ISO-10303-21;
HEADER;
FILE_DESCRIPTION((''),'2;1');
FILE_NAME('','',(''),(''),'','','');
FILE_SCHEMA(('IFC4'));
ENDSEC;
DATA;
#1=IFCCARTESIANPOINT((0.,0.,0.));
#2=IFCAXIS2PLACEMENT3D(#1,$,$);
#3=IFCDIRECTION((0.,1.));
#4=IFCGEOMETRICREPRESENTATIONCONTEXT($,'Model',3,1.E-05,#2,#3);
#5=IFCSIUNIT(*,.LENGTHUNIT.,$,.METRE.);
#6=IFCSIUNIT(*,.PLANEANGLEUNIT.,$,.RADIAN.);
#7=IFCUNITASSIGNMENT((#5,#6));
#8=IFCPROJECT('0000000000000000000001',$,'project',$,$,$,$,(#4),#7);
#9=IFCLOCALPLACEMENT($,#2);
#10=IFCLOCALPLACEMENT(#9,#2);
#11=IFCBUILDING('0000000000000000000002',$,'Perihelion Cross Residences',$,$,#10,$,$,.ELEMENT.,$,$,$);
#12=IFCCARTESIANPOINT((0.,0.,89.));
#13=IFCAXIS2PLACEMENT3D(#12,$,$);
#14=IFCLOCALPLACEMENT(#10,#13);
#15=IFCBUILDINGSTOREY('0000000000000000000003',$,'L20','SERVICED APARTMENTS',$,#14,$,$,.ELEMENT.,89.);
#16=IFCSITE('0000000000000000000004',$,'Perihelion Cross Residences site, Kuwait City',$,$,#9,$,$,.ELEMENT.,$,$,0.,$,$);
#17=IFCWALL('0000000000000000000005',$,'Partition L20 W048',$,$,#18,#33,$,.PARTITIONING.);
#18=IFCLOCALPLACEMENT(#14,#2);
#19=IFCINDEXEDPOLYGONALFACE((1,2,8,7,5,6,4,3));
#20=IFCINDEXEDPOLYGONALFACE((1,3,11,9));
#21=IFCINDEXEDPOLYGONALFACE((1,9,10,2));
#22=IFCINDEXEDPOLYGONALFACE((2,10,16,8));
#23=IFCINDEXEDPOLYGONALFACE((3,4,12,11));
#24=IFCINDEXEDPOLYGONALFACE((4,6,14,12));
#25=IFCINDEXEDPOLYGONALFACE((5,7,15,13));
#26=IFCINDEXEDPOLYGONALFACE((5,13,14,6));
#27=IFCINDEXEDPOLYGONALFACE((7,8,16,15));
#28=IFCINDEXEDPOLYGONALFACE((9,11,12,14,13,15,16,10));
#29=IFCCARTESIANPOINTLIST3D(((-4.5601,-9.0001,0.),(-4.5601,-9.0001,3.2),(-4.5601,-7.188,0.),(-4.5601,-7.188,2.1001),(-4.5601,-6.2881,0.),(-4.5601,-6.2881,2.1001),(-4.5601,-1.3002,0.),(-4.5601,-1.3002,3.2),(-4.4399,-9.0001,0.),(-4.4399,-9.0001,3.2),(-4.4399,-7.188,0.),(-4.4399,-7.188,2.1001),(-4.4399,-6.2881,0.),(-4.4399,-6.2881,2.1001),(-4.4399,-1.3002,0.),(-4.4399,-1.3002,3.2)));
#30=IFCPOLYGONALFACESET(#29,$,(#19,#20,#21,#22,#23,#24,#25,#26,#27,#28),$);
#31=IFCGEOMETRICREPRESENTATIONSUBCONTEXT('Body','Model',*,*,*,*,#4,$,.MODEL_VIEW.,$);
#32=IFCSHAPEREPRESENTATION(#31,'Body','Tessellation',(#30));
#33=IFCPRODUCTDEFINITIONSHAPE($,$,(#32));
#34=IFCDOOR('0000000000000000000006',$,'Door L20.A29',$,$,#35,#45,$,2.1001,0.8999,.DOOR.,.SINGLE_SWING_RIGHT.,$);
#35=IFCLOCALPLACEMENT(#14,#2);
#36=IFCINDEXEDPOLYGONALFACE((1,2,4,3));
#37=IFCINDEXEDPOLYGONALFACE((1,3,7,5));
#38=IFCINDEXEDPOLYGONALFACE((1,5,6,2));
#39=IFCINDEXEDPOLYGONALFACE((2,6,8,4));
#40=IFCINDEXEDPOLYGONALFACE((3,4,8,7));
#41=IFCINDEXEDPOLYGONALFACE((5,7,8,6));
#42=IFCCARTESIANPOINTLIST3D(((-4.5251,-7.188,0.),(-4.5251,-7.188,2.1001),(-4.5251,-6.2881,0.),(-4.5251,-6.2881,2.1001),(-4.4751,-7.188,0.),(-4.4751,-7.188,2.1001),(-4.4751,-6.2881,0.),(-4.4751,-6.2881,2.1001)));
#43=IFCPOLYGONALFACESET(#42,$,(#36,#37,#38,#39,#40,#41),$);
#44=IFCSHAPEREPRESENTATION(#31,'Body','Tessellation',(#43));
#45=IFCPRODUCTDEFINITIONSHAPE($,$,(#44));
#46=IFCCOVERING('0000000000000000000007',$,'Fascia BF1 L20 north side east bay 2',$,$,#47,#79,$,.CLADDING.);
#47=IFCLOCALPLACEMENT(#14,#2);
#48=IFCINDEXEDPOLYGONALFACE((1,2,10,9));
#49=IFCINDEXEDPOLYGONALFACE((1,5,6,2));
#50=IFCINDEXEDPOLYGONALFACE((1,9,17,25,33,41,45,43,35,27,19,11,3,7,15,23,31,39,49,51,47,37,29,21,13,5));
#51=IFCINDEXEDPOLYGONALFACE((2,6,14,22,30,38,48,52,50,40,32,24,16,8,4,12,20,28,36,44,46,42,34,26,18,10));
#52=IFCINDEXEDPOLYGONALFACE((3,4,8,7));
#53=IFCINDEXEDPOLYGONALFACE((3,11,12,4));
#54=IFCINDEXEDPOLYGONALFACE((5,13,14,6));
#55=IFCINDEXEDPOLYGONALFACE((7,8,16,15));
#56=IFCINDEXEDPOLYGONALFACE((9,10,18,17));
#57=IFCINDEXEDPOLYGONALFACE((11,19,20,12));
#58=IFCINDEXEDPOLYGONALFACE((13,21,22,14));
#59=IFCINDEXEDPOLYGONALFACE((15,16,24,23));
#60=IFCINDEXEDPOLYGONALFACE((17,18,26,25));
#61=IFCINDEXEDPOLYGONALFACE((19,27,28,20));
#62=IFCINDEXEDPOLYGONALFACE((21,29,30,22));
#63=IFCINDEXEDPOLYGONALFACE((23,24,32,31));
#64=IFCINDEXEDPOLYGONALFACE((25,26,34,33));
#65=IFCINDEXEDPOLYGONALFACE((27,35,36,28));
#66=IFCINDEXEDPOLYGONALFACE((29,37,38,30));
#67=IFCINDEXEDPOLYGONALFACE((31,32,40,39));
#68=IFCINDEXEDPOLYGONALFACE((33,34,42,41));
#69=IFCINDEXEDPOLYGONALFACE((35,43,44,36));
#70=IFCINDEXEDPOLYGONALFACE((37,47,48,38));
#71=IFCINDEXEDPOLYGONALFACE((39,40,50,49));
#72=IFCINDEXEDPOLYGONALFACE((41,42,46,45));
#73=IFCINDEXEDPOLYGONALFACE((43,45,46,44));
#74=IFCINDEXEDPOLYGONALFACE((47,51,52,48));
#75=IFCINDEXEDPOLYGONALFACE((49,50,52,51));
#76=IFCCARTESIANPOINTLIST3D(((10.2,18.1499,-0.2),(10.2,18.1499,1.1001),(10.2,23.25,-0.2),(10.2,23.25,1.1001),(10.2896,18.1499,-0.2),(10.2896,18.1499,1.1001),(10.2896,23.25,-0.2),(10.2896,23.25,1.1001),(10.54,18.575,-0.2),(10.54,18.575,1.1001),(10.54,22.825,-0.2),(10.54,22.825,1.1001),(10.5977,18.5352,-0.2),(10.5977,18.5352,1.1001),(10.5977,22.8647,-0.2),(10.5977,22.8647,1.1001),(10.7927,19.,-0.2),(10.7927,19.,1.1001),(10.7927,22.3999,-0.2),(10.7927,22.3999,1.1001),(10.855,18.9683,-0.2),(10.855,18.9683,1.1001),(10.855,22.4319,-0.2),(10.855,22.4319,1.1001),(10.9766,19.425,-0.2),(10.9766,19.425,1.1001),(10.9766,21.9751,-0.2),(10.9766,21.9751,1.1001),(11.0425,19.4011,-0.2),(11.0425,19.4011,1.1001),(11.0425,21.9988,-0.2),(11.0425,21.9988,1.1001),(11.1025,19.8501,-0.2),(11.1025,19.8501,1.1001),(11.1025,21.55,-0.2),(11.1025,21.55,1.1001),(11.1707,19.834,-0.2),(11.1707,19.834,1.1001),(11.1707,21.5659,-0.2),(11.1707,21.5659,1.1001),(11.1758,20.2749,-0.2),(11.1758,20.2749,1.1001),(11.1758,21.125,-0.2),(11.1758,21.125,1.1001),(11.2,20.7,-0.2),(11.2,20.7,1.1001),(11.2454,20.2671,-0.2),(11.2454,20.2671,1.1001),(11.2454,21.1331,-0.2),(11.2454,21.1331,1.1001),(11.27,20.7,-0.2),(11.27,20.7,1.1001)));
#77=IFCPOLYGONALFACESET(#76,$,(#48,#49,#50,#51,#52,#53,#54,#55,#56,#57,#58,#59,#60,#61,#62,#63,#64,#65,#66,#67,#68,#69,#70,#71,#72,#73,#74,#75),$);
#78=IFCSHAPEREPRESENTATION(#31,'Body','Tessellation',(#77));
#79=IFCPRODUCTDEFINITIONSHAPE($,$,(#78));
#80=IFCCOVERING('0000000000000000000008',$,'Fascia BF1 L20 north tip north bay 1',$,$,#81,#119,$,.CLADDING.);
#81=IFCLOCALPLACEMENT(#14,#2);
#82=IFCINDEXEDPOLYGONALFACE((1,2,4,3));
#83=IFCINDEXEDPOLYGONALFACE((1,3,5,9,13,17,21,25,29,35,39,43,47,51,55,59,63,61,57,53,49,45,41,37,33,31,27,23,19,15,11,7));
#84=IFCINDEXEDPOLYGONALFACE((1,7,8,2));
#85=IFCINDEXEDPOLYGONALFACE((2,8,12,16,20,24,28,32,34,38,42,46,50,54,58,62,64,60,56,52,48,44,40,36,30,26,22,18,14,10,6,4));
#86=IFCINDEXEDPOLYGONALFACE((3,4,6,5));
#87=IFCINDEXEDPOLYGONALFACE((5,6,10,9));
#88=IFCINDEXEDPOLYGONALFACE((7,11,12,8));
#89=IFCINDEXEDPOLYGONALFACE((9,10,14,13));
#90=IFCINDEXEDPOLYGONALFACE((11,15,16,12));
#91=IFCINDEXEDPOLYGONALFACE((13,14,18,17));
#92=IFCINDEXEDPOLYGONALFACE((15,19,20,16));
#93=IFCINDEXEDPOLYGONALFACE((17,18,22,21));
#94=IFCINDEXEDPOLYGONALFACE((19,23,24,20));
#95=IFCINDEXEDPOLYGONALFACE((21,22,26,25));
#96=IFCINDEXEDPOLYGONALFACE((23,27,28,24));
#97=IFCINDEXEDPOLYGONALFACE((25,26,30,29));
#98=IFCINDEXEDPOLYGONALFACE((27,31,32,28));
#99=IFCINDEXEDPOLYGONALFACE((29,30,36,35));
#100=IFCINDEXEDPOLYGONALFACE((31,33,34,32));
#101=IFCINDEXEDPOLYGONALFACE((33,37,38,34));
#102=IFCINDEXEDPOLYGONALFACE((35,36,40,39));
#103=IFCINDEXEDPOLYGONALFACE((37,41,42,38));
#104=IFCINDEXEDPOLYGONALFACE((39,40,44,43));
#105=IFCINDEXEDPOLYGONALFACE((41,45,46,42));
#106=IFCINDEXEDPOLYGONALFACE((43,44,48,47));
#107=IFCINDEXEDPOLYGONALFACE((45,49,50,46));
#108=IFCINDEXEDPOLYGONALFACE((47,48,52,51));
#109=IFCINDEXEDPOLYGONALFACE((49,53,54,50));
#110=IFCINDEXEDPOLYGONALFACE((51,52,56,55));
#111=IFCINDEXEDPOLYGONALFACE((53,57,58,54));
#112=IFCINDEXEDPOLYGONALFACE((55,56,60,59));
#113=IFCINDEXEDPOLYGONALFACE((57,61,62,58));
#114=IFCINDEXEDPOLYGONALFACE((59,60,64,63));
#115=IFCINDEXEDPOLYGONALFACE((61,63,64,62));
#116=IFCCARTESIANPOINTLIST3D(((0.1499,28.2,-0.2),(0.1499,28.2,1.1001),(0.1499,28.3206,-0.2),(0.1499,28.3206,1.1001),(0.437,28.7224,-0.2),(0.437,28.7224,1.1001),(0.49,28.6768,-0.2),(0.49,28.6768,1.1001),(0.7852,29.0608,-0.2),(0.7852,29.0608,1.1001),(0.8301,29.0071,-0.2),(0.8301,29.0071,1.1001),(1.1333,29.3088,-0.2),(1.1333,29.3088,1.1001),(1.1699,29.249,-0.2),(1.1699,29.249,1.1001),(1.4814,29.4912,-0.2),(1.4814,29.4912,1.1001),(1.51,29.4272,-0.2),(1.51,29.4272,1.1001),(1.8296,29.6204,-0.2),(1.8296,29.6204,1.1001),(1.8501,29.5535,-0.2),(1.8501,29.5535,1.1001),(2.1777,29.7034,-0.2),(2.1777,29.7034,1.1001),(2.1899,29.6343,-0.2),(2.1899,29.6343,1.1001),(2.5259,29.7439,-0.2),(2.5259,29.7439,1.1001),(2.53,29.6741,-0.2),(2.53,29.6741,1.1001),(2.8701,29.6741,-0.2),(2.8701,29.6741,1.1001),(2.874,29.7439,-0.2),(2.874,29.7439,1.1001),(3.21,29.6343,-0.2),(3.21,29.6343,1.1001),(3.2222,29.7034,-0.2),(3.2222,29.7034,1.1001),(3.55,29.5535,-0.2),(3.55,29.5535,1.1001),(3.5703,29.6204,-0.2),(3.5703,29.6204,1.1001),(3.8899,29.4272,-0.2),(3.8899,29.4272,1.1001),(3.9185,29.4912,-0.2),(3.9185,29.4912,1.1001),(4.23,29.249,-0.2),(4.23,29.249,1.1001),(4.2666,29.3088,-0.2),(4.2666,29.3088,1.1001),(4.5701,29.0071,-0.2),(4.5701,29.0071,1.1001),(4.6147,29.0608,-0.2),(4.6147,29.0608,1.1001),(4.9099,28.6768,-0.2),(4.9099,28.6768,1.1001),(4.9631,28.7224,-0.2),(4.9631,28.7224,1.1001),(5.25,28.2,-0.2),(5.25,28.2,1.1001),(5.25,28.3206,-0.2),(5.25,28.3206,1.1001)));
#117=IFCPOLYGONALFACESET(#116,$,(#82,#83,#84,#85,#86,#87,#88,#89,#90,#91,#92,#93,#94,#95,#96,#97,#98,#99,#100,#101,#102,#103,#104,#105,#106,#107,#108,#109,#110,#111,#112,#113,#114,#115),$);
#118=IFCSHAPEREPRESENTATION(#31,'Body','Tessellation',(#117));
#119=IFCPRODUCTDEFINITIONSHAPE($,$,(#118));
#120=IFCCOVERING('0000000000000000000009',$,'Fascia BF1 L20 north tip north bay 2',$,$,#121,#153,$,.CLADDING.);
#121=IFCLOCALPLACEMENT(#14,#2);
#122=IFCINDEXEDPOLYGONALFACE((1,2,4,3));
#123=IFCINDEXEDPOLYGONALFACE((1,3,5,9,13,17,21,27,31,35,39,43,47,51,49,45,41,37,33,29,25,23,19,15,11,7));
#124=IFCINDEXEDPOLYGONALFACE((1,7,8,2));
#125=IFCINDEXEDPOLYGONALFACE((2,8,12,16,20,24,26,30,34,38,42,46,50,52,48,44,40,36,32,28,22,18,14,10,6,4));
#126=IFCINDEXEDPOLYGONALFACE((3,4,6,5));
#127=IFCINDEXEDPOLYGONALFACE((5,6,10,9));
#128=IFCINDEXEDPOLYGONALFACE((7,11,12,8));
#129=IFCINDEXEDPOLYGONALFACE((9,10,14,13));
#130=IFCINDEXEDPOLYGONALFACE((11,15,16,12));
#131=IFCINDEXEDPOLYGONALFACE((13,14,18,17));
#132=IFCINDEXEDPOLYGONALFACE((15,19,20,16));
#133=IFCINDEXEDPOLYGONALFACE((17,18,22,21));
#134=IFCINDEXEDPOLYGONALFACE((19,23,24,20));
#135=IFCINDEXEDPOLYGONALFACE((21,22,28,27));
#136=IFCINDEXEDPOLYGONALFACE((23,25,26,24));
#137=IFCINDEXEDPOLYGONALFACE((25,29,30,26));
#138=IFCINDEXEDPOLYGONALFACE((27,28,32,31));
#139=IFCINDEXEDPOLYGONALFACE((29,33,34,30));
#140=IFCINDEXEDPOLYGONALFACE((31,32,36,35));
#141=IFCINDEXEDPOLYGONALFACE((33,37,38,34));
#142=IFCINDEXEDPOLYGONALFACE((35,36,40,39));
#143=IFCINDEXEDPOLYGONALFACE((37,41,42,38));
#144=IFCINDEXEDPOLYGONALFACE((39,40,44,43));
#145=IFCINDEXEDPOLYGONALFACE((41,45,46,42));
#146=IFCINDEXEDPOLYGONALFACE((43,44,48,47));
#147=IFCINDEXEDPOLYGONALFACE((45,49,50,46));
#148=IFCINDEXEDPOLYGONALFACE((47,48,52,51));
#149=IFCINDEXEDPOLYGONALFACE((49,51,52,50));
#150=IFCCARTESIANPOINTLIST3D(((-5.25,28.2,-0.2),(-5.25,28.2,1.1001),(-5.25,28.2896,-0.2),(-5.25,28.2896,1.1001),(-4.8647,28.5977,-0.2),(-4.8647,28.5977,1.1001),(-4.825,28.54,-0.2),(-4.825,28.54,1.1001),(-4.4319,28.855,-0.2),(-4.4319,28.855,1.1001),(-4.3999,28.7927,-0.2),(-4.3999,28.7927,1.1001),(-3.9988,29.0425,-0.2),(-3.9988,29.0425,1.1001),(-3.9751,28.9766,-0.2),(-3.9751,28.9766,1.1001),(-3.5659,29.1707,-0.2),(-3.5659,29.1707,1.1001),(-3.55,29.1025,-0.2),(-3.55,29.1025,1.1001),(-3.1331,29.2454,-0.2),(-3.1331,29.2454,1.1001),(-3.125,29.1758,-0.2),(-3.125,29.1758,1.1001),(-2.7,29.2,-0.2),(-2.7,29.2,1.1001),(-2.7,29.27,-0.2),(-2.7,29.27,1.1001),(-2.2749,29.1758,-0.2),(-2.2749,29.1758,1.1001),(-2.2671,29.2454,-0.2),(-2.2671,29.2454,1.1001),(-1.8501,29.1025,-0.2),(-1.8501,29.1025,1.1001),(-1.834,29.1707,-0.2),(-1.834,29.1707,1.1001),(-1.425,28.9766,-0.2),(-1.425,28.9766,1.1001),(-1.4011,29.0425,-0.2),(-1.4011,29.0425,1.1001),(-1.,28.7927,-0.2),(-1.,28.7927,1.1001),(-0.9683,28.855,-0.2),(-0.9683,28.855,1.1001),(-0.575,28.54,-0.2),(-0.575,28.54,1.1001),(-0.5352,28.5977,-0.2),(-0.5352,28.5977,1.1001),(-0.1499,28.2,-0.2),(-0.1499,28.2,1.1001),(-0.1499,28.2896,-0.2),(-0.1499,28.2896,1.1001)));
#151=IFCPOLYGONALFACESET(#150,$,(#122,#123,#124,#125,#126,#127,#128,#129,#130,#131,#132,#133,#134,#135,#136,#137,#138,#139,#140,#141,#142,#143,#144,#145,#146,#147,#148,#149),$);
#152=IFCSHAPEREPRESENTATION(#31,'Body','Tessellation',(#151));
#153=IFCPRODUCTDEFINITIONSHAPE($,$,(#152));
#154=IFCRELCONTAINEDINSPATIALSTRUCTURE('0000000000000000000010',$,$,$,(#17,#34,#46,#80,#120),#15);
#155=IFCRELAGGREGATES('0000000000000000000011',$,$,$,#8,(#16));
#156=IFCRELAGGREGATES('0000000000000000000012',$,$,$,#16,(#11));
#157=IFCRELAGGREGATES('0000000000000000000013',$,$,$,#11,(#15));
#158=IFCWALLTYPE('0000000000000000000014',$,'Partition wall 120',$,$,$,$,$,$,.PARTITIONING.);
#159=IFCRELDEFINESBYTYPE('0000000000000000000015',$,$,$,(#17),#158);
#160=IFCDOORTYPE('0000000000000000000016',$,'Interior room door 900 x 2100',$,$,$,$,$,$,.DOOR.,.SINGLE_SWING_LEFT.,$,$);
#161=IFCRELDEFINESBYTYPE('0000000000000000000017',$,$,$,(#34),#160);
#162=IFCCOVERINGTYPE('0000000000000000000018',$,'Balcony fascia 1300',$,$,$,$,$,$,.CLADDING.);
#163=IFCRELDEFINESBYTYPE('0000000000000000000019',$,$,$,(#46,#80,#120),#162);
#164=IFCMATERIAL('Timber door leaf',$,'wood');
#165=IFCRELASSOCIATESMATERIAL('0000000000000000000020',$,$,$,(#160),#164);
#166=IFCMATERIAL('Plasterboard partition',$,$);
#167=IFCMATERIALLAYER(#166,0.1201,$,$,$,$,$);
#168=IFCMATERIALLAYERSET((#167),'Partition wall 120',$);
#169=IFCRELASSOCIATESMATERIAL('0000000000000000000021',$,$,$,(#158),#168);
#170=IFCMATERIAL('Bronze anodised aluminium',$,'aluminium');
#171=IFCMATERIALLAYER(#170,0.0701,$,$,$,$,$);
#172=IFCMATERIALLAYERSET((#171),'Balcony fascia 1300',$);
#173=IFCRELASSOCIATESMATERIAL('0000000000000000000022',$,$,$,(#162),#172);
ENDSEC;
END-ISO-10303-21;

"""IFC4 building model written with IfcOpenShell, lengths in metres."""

from ifc_helpers import new_model, si_unit, direction, frame, frame_2d, origin, place, context, subcontext, project, spatial, polyline, rectangle, outline, extrude, material, layer, layer_set, type_object, element, fill, save


model = new_model("IFC4")

# Units and contexts
model_context = context("Model", 3, precision=1e-05, world=origin(), true_north=direction((0.0, 1.0)))
body_context = subcontext(model_context, "Body", "Model", "MODEL_VIEW")
ifc_project = project(units=[si_unit("LENGTHUNIT", "METRE"), si_unit("PLANEANGLEUNIT", "RADIAN")], contexts=[model_context])

# Site, building, storey
site_placement = place(None, origin())
site = spatial("IfcSite", under=ifc_project, at=site_placement, Name="Perihelion Cross Residences site, Kuwait City", CompositionType="ELEMENT", RefElevation=0.0)
building_placement = place(site_placement, origin())
building = spatial("IfcBuilding", under=site, at=building_placement, Name="Perihelion Cross Residences", CompositionType="ELEMENT")
storey_placement = place(building_placement, frame((0.0, 0.0, 89.0)))
storey = spatial("IfcBuildingStorey", under=building, at=storey_placement, Name="L20", Description="SERVICED APARTMENTS", CompositionType="ELEMENT", Elevation=89.0)

# Wall, opening, door
ifc_material_1 = material(Name="Timber door leaf", Category="wood")
door_type_1 = type_object("IfcDoorType", Name="Interior room door 900 x 2100", OperationType="SINGLE_SWING_LEFT", PredefinedType="DOOR", material=ifc_material_1)
ifc_material_2 = material(Name="Plasterboard partition")
ifc_layer_1 = layer(ifc_material_2, 0.1201)
ifc_layer_set_1 = layer_set([ifc_layer_1], Name="Partition wall 120")
wall_type_1 = type_object("IfcWallType", Name="Partition wall 120", PredefinedType="PARTITIONING", material=ifc_layer_set_1)
wall_1_placement = place(storey_placement, frame((-4.5, -1.3, 0.0), z_axis=(0.0, 0.0, 1.0), x_axis=(0.0, -1.0, 0.0)))
wall_1 = element("IfcWall", 1, at=wall_1_placement, inside=storey, type_object=wall_type_1, Name="Partition L20 W048", PredefinedType="PARTITIONING", context=body_context, shape_type="SweptSolid", body=[
    extrude(rectangle(XDim=7.7, YDim=0.1201, at=frame_2d((3.8501, 0.0))), origin(), (0.0, 0.0, 1.0), 3.2),
])
opening_1_placement = place(wall_1_placement, frame((4.988, 0.0, 0.0)))
opening_1 = element("IfcOpeningElement", 2, at=opening_1_placement, cuts=wall_1, PredefinedType="OPENING", context=body_context, shape_type="SweptSolid", body=[
    extrude(rectangle(XDim=0.8999, YDim=2.1001, at=frame_2d((0.45, 1.05))), frame((0.0, 0.0701, 0.0), z_axis=(0.0, -1.0, 0.0), x_axis=(1.0, 0.0, 0.0)), (0.0, 0.0, 1.0), 0.1401),
])
door_1_placement = place(opening_1_placement, origin())
door_1 = element("IfcDoor", 3, at=door_1_placement, inside=storey, type_object=door_type_1, Name="Door L20.A29", OperationType="SINGLE_SWING_RIGHT", OverallHeight=2.1001, OverallWidth=0.8999, PredefinedType="DOOR", context=body_context, shape_type="SweptSolid", body=[
    extrude(rectangle(XDim=0.8999, YDim=2.1001, at=frame_2d((0.45, 1.05))), frame((0.0, 0.0249, 0.0), z_axis=(0.0, -1.0, 0.0), x_axis=(1.0, 0.0, 0.0)), (0.0, 0.0, 1.0), 0.05),
])
fill(opening_1, door_1)

# Coverings
ifc_material_3 = material(Name="Bronze anodised aluminium", Category="aluminium")
ifc_layer_2 = layer(ifc_material_3, 0.0701)
ifc_layer_set_2 = layer_set([ifc_layer_2], Name="Balcony fascia 1300")
covering_type = type_object("IfcCoveringType", Name="Balcony fascia 1300", PredefinedType="CLADDING", material=ifc_layer_set_2)
covering_1_placement = place(storey_placement, frame((0.0, 0.0, -0.2)))
element("IfcCovering", 4, at=covering_1_placement, inside=storey, type_object=covering_type, Name="Fascia BF1 L20 north side east bay 2", PredefinedType="CLADDING", context=body_context, shape_type="SweptSolid", body=[
    extrude(outline(polyline([(10.5977, 18.5352), (10.855, 18.9683), (11.0425, 19.4011), (11.1707, 19.834), (11.2454, 20.2671), (11.27, 20.7), (11.2454, 21.1331), (11.1707, 21.5659), (11.0425, 21.9988), (10.855, 22.4319), (10.5977, 22.8647), (10.2896, 23.25), (10.2, 23.25), (10.54, 22.825), (10.7927, 22.3999), (10.9766, 21.9751), (11.1025, 21.55), (11.1758, 21.125), (11.2, 20.7), (11.1758, 20.2749), (11.1025, 19.8501), (10.9766, 19.425), (10.7927, 19.0), (10.54, 18.575), (10.2, 18.1499), (10.2896, 18.1499), (10.5977, 18.5352)])), origin(), (0.0, 0.0, 1.0), 1.3),
])
covering_2_placement = place(storey_placement, frame((0.0, 0.0, -0.2)))
element("IfcCovering", 5, at=covering_2_placement, inside=storey, type_object=covering_type, Name="Fascia BF1 L20 north tip north bay 1", PredefinedType="CLADDING", context=body_context, shape_type="SweptSolid", body=[
    extrude(outline(polyline([(4.9631, 28.7224), (4.6147, 29.0608), (4.2666, 29.3088), (3.9185, 29.4912), (3.5703, 29.6204), (3.2222, 29.7034), (2.874, 29.7439), (2.5259, 29.7439), (2.1777, 29.7034), (1.8296, 29.6204), (1.4814, 29.4912), (1.1333, 29.3088), (0.7852, 29.0608), (0.437, 28.7224), (0.1499, 28.3206), (0.1499, 28.2), (0.49, 28.6768), (0.8301, 29.0071), (1.1699, 29.249), (1.51, 29.4272), (1.8501, 29.5535), (2.1899, 29.6343), (2.53, 29.6741), (2.8701, 29.6741), (3.21, 29.6343), (3.55, 29.5535), (3.8899, 29.4272), (4.23, 29.249), (4.5701, 29.0071), (4.9099, 28.6768), (5.25, 28.2), (5.25, 28.3206), (4.9631, 28.7224)])), origin(), (0.0, 0.0, 1.0), 1.3),
])
covering_3_placement = place(storey_placement, frame((0.0, 0.0, -0.2)))
element("IfcCovering", 6, at=covering_3_placement, inside=storey, type_object=covering_type, Name="Fascia BF1 L20 north tip north bay 2", PredefinedType="CLADDING", context=body_context, shape_type="SweptSolid", body=[
    extrude(outline(polyline([(-0.5352, 28.5977), (-0.9683, 28.855), (-1.4011, 29.0425), (-1.834, 29.1707), (-2.2671, 29.2454), (-2.7, 29.27), (-3.1331, 29.2454), (-3.5659, 29.1707), (-3.9988, 29.0425), (-4.4319, 28.855), (-4.8647, 28.5977), (-5.25, 28.2896), (-5.25, 28.2), (-4.825, 28.54), (-4.3999, 28.7927), (-3.9751, 28.9766), (-3.55, 29.1025), (-3.125, 29.1758), (-2.7, 29.2), (-2.2749, 29.1758), (-1.8501, 29.1025), (-1.425, 28.9766), (-1.0, 28.7927), (-0.575, 28.54), (-0.1499, 28.2), (-0.1499, 28.2896), (-0.5352, 28.5977)])), origin(), (0.0, 0.0, 1.0), 1.3),
])

save(model, "model.ifc")
